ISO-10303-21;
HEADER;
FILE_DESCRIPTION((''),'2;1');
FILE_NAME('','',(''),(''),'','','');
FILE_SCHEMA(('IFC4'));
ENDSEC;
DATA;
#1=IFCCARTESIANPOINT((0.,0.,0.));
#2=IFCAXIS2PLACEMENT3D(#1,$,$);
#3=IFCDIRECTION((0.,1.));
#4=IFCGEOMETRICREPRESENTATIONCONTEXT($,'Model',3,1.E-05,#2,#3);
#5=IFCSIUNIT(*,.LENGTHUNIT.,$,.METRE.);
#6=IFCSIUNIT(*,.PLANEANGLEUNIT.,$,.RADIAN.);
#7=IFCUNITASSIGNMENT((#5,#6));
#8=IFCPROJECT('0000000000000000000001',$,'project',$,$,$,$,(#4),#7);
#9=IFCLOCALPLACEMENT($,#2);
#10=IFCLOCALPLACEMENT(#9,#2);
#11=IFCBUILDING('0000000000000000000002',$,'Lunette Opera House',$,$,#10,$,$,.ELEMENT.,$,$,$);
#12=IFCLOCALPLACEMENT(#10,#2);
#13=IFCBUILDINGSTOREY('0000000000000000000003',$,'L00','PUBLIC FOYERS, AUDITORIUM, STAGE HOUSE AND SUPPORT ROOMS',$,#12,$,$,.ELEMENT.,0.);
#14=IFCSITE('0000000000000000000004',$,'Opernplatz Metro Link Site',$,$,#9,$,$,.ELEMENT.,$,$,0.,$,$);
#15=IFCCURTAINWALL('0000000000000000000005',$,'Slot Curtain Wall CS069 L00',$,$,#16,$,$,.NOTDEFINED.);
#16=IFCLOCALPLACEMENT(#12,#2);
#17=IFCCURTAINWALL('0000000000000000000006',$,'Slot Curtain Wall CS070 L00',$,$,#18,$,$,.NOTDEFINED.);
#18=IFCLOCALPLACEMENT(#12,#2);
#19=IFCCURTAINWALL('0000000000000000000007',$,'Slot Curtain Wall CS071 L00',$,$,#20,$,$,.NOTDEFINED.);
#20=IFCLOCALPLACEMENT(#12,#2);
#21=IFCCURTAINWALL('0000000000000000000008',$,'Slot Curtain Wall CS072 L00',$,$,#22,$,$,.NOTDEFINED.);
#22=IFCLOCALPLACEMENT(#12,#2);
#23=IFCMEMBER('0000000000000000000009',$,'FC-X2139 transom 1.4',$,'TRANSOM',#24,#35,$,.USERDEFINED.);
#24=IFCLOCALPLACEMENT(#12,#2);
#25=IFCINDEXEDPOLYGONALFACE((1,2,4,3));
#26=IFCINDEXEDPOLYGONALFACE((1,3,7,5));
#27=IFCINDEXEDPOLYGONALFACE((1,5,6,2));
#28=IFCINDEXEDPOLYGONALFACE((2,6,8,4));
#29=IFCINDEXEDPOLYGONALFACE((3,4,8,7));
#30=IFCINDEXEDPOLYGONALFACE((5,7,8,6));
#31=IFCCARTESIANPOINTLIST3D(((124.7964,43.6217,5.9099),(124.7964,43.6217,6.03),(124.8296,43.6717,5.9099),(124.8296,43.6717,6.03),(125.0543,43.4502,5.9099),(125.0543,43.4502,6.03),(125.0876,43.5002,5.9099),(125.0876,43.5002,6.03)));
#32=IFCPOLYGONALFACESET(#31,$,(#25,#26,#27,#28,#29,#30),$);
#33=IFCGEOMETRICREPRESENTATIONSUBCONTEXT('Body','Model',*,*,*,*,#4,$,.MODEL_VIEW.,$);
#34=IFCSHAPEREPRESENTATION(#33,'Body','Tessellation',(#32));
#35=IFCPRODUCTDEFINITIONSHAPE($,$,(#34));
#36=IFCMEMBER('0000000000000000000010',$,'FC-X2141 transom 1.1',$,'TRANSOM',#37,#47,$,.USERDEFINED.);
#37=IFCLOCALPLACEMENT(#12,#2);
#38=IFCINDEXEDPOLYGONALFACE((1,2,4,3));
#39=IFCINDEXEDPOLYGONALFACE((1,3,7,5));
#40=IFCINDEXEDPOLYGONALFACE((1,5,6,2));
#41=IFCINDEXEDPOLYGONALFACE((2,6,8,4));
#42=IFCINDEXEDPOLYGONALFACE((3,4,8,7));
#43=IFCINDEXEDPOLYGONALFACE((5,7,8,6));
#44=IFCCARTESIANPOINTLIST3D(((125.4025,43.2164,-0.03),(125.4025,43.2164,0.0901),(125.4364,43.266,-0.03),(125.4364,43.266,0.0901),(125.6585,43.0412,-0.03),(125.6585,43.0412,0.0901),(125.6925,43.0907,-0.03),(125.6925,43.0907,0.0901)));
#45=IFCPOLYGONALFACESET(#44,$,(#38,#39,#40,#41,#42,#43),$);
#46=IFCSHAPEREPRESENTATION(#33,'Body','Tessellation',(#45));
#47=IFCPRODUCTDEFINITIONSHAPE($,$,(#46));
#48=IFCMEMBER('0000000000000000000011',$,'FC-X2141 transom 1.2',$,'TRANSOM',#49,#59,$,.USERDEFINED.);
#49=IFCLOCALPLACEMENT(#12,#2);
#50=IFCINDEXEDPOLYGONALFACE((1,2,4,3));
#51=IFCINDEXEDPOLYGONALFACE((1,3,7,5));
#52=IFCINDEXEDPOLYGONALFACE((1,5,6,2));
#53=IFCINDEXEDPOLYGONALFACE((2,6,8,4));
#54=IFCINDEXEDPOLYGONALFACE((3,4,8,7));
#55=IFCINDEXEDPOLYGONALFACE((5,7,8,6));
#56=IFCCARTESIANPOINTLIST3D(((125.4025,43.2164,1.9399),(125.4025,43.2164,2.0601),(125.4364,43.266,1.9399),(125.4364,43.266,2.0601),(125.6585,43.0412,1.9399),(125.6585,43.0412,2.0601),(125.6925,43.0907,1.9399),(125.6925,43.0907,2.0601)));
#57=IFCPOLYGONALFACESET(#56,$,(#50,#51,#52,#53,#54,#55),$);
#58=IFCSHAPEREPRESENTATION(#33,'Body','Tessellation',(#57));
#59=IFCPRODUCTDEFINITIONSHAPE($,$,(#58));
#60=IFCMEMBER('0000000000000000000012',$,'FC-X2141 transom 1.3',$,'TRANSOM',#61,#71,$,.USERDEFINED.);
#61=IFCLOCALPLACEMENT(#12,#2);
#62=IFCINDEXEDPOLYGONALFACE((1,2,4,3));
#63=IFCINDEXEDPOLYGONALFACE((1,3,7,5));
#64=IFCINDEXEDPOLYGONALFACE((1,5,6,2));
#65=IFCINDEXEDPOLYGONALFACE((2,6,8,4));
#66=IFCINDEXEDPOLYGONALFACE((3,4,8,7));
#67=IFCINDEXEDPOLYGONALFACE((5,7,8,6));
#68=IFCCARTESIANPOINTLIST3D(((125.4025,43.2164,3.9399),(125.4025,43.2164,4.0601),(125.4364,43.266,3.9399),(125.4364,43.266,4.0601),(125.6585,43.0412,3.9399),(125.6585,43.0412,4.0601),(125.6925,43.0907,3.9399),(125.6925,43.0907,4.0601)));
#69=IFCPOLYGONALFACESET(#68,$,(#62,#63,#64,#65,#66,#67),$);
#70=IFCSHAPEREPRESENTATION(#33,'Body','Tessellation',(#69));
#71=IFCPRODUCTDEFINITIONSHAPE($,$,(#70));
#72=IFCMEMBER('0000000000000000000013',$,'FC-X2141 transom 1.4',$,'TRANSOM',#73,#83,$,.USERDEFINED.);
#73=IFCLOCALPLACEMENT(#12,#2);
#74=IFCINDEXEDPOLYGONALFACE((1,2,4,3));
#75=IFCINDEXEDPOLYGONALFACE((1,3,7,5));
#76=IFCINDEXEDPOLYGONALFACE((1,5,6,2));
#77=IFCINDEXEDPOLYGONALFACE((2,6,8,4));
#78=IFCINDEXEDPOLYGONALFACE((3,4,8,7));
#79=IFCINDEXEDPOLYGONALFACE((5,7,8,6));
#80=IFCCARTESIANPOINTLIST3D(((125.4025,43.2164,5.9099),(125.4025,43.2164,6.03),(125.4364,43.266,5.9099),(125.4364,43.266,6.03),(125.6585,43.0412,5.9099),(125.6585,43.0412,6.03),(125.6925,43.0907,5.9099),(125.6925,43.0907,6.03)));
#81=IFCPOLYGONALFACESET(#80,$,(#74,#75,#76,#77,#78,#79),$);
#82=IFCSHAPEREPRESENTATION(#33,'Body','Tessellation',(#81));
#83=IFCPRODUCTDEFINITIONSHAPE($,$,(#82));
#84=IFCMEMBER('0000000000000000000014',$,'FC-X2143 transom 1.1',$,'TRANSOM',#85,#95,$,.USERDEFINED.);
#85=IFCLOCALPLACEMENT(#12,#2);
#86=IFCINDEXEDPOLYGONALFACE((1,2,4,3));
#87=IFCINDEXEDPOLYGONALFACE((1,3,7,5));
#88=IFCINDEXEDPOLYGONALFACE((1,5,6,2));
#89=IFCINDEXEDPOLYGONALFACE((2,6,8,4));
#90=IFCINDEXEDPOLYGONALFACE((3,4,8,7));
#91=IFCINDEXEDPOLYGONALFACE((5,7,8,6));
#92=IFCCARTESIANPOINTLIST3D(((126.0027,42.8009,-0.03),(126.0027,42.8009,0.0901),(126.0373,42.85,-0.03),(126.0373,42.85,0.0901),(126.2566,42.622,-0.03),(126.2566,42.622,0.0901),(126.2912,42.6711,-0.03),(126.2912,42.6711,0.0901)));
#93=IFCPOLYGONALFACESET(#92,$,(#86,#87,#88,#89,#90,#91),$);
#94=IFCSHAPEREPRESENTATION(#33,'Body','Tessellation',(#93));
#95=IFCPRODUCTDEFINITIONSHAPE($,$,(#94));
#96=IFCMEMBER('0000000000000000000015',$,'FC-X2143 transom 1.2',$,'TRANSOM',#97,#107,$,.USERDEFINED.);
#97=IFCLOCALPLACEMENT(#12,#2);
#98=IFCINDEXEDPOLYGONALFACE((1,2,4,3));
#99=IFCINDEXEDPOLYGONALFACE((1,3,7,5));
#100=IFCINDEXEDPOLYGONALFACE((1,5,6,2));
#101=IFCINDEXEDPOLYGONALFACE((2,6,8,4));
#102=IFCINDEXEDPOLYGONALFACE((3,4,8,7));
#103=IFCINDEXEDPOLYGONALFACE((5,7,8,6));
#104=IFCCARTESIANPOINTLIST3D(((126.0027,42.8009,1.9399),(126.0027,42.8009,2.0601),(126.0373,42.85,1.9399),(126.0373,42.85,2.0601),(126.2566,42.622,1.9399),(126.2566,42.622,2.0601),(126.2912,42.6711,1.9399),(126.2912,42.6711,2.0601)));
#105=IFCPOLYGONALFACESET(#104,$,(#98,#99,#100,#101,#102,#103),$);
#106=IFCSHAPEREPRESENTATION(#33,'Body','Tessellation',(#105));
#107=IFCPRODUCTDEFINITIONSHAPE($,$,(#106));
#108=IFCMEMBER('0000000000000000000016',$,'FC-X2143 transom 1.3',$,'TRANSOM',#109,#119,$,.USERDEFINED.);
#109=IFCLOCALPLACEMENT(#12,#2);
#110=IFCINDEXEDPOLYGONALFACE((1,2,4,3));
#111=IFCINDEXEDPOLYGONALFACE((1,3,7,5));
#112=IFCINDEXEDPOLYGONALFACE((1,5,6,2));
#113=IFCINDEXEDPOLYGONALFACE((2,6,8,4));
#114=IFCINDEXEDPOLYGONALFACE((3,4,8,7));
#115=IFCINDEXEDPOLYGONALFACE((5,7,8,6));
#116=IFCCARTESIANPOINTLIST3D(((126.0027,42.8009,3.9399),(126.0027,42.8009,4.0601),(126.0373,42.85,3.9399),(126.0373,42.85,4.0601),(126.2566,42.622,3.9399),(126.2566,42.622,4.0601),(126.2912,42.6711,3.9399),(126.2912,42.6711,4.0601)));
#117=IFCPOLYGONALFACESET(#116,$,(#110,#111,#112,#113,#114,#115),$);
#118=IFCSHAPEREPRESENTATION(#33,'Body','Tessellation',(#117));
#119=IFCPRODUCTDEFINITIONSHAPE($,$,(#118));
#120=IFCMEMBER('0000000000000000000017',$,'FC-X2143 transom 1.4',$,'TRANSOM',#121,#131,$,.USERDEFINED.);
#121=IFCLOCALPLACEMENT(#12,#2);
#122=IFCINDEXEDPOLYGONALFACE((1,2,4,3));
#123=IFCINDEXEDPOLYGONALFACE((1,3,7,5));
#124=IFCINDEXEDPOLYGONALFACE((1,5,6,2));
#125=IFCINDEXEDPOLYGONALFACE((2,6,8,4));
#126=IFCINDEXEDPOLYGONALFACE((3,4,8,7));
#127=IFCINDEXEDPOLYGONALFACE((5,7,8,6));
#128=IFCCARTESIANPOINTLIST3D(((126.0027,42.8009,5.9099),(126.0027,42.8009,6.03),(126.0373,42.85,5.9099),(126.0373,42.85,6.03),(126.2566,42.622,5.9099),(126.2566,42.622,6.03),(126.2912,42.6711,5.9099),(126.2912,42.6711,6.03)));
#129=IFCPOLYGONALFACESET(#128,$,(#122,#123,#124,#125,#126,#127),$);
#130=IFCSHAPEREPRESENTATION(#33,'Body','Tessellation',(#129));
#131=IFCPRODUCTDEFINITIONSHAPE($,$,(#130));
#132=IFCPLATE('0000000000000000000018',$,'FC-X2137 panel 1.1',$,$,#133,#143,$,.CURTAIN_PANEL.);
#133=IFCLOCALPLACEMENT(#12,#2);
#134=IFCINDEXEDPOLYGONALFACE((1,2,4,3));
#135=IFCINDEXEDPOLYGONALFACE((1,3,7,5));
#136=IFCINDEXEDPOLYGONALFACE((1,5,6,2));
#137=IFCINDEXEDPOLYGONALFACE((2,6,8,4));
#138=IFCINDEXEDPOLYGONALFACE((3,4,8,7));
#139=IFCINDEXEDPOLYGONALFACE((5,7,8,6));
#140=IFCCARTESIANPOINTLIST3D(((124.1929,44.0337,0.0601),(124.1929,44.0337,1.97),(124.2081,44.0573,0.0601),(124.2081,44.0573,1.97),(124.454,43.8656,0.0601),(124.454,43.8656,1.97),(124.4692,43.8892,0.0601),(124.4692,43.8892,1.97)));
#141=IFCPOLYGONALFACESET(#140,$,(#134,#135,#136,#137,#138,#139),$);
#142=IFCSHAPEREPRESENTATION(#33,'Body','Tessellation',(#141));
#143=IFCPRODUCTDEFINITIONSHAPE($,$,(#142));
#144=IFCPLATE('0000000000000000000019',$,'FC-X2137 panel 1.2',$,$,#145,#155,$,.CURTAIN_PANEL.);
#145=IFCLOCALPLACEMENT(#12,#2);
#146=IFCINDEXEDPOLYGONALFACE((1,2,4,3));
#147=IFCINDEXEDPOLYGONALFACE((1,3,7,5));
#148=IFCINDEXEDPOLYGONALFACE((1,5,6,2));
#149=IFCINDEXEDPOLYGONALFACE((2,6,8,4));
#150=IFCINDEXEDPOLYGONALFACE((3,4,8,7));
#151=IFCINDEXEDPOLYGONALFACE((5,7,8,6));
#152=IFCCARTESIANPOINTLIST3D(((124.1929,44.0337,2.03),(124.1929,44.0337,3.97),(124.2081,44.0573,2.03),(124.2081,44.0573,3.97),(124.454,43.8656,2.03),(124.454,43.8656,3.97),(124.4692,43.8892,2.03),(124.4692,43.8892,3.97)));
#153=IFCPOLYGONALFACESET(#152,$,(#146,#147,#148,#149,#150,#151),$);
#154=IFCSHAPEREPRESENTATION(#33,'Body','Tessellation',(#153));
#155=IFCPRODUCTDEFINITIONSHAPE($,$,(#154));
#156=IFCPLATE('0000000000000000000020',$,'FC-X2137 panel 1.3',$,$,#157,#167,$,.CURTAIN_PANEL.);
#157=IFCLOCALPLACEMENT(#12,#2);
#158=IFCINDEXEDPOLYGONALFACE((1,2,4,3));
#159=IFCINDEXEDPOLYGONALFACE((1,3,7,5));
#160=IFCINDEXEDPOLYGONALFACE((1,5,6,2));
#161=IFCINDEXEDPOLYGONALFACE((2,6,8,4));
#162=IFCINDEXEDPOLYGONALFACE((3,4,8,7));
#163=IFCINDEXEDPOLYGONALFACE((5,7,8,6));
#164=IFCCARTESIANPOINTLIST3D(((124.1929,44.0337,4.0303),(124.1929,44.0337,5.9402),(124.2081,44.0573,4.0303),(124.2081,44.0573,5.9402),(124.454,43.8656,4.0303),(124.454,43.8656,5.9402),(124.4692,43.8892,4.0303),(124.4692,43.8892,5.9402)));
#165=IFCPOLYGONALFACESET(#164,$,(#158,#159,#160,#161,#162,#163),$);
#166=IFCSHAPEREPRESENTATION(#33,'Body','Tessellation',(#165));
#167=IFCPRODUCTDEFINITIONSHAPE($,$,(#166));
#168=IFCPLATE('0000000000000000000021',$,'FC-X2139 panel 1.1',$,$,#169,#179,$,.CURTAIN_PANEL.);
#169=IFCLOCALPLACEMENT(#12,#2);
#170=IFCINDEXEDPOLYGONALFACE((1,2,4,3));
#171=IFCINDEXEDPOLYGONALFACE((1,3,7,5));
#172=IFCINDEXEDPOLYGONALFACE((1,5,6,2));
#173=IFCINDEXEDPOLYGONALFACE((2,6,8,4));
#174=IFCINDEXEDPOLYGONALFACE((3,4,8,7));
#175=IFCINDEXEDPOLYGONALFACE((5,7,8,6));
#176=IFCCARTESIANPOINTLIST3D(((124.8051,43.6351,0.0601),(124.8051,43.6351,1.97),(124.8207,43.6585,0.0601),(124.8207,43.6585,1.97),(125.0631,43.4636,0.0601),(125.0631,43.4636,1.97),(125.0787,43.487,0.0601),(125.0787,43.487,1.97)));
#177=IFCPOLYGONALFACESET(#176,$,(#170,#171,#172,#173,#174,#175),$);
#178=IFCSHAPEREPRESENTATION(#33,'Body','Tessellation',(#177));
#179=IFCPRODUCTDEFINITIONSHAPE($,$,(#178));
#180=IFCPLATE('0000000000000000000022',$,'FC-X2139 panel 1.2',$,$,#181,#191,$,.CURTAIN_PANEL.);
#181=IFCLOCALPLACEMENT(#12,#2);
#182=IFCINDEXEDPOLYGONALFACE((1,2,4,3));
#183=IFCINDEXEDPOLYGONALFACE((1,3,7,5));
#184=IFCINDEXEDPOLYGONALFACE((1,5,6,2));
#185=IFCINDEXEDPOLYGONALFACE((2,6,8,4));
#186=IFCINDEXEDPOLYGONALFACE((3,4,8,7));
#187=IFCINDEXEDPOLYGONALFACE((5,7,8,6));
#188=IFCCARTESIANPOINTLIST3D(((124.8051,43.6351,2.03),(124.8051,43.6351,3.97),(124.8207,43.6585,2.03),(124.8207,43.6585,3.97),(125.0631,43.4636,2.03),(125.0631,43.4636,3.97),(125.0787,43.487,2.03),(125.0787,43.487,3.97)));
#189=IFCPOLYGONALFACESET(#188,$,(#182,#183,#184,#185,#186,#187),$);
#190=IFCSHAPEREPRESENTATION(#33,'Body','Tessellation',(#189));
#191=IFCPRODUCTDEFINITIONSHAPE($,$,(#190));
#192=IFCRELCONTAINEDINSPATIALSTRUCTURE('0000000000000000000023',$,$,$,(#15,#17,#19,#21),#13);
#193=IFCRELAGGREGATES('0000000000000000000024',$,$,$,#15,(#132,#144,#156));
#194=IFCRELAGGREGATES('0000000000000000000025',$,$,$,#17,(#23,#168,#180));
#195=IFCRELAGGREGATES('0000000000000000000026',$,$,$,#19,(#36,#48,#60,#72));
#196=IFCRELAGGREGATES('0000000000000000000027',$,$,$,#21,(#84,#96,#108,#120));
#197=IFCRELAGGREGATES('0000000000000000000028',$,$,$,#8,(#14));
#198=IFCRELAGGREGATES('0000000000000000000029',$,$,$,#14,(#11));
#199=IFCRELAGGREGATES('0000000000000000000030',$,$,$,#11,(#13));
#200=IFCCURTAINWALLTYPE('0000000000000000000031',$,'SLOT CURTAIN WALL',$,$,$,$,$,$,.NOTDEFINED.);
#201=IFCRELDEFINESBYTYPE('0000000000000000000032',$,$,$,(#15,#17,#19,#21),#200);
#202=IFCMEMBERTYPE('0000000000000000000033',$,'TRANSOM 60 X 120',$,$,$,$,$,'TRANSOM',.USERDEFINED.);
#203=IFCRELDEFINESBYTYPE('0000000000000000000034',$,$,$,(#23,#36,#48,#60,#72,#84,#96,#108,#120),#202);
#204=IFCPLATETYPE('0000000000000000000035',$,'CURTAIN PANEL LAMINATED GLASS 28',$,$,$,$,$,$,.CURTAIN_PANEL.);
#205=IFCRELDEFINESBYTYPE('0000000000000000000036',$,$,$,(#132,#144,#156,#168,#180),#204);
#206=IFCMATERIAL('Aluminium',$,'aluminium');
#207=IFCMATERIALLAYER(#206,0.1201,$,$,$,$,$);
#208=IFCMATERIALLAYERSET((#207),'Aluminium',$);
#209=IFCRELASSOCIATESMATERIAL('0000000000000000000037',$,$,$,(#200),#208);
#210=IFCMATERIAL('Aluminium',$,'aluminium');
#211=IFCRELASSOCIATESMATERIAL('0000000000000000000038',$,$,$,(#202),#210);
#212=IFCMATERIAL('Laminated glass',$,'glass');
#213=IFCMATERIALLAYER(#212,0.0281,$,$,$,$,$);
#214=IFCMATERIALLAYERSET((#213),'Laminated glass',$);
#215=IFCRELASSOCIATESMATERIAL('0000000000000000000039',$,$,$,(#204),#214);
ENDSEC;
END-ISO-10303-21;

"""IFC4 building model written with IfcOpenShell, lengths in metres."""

from ifc_helpers import new_model, si_unit, direction, frame, origin, origin_2d, place, context, subcontext, project, spatial, rectangle, extrude, material, layer, layer_set, material_profile, profile_set, type_object, element, aggregate, save


model = new_model("IFC4")

# Units and contexts
model_context = context("Model", 3, precision=1e-05, world=origin(), true_north=direction((0.0, 1.0)))
body_context = subcontext(model_context, "Body", "Model", "MODEL_VIEW")
ifc_project = project(units=[si_unit("LENGTHUNIT", "METRE"), si_unit("PLANEANGLEUNIT", "RADIAN")], contexts=[model_context])

# Site, building, storey
site_placement = place(None, origin())
site = spatial("IfcSite", under=ifc_project, at=site_placement, Name="Opernplatz Metro Link Site", CompositionType="ELEMENT", RefElevation=0.0)
building_placement = place(site_placement, origin())
building = spatial("IfcBuilding", under=site, at=building_placement, Name="Lunette Opera House", CompositionType="ELEMENT")
storey_placement = place(building_placement, origin())
storey = spatial("IfcBuildingStorey", under=building, at=storey_placement, Name="L00", Description="PUBLIC FOYERS, AUDITORIUM, STAGE HOUSE AND SUPPORT ROOMS", CompositionType="ELEMENT", Elevation=0.0)

# Curtain wall
ifc_material_1 = material(Name="Aluminium", Category="aluminium")
ifc_layer_1 = layer(ifc_material_1, 0.1201)
ifc_layer_set_1 = layer_set([ifc_layer_1], Name="Aluminium")
curtain_wall_type = type_object("IfcCurtainWallType", Name="SLOT CURTAIN WALL", PredefinedType="NOTDEFINED", material=ifc_layer_set_1)
curtain_wall_1_placement = place(storey_placement, origin())
curtain_wall_1 = element("IfcCurtainWall", 1, at=curtain_wall_1_placement, inside=storey, type_object=curtain_wall_type, Name="Slot Curtain Wall CS069 L00", PredefinedType="NOTDEFINED")

# Curtain walls
curtain_wall_2_placement = place(storey_placement, origin())
curtain_wall_2 = element("IfcCurtainWall", 2, at=curtain_wall_2_placement, inside=storey, type_object=curtain_wall_type, Name="Slot Curtain Wall CS070 L00", PredefinedType="NOTDEFINED")
curtain_wall_3_placement = place(storey_placement, origin())
curtain_wall_3 = element("IfcCurtainWall", 3, at=curtain_wall_3_placement, inside=storey, type_object=curtain_wall_type, Name="Slot Curtain Wall CS071 L00", PredefinedType="NOTDEFINED")

# Curtain wall
curtain_wall_4_placement = place(storey_placement, origin())
curtain_wall_4 = element("IfcCurtainWall", 4, at=curtain_wall_4_placement, inside=storey, type_object=curtain_wall_type, Name="Slot Curtain Wall CS072 L00", PredefinedType="NOTDEFINED")

# Members
ifc_material_2 = material(Name="Aluminium", Category="aluminium")
ifc_material_profile_1 = material_profile(ifc_material_2, rectangle(XDim=0.0601, YDim=0.1201, at=origin_2d()), Name="TRANSOM 60 X 120")
ifc_profile_set_1 = profile_set([ifc_material_profile_1], Name="Aluminium")
member_type_1 = type_object("IfcMemberType", Name="TRANSOM 60 X 120", ElementType="TRANSOM", PredefinedType="USERDEFINED", material=ifc_profile_set_1)
member_1_placement = place(storey_placement, frame((124.813, 43.6467, 5.97), z_axis=(0.832656, -0.553791, 0.0), x_axis=(0.553791, 0.832656, 0.0)))
member_1 = element("IfcMember", 5, at=member_1_placement, type_object=member_type_1, Name="FC-X2139 transom 1.4", ObjectType="TRANSOM", PredefinedType="USERDEFINED", context=body_context, shape_type="SweptSolid", body=[
    extrude(rectangle(XDim=0.0601, YDim=0.1201, at=origin_2d()), origin(), (0.0, 0.0, 1.0), 0.3098),
])
member_2_placement = place(storey_placement, frame((125.4194, 43.2412, 0.03), z_axis=(0.825211, -0.564825, 0.0), x_axis=(0.564825, 0.825211, 0.0)))
member_2 = element("IfcMember", 6, at=member_2_placement, type_object=member_type_1, Name="FC-X2141 transom 1.1", ObjectType="TRANSOM", PredefinedType="USERDEFINED", context=body_context, shape_type="SweptSolid", body=[
    extrude(rectangle(XDim=0.0601, YDim=0.1201, at=origin_2d()), origin(), (0.0, 0.0, 1.0), 0.3103),
])
member_3_placement = place(storey_placement, frame((125.4194, 43.2412, 2.0), z_axis=(0.825211, -0.564825, 0.0), x_axis=(0.564825, 0.825211, 0.0)))
member_3 = element("IfcMember", 7, at=member_3_placement, type_object=member_type_1, Name="FC-X2141 transom 1.2", ObjectType="TRANSOM", PredefinedType="USERDEFINED", context=body_context, shape_type="SweptSolid", body=[
    extrude(rectangle(XDim=0.0601, YDim=0.1201, at=origin_2d()), origin(), (0.0, 0.0, 1.0), 0.3103),
])
member_4_placement = place(storey_placement, frame((125.4194, 43.2412, 4.0), z_axis=(0.825211, -0.564825, 0.0), x_axis=(0.564825, 0.825211, 0.0)))
member_4 = element("IfcMember", 8, at=member_4_placement, type_object=member_type_1, Name="FC-X2141 transom 1.3", ObjectType="TRANSOM", PredefinedType="USERDEFINED", context=body_context, shape_type="SweptSolid", body=[
    extrude(rectangle(XDim=0.0601, YDim=0.1201, at=origin_2d()), origin(), (0.0, 0.0, 1.0), 0.3103),
])
member_5_placement = place(storey_placement, frame((125.4194, 43.2412, 5.97), z_axis=(0.825211, -0.564825, 0.0), x_axis=(0.564825, 0.825211, 0.0)))
member_5 = element("IfcMember", 9, at=member_5_placement, type_object=member_type_1, Name="FC-X2141 transom 1.4", ObjectType="TRANSOM", PredefinedType="USERDEFINED", context=body_context, shape_type="SweptSolid", body=[
    extrude(rectangle(XDim=0.0601, YDim=0.1201, at=origin_2d()), origin(), (0.0, 0.0, 1.0), 0.3103),
])
member_6_placement = place(storey_placement, frame((126.02, 42.8254, 0.03), z_axis=(0.817381, -0.576097, 0.0), x_axis=(0.576097, 0.817381, 0.0)))
member_6 = element("IfcMember", 10, at=member_6_placement, type_object=member_type_1, Name="FC-X2143 transom 1.1", ObjectType="TRANSOM", PredefinedType="USERDEFINED", context=body_context, shape_type="SweptSolid", body=[
    extrude(rectangle(XDim=0.0601, YDim=0.1201, at=origin_2d()), origin(), (0.0, 0.0, 1.0), 0.3105),
])
member_7_placement = place(storey_placement, frame((126.02, 42.8254, 2.0), z_axis=(0.817381, -0.576097, 0.0), x_axis=(0.576097, 0.817381, 0.0)))
member_7 = element("IfcMember", 11, at=member_7_placement, type_object=member_type_1, Name="FC-X2143 transom 1.2", ObjectType="TRANSOM", PredefinedType="USERDEFINED", context=body_context, shape_type="SweptSolid", body=[
    extrude(rectangle(XDim=0.0601, YDim=0.1201, at=origin_2d()), origin(), (0.0, 0.0, 1.0), 0.3105),
])
member_8_placement = place(storey_placement, frame((126.02, 42.8254, 4.0), z_axis=(0.817381, -0.576097, 0.0), x_axis=(0.576097, 0.817381, 0.0)))
member_8 = element("IfcMember", 12, at=member_8_placement, type_object=member_type_1, Name="FC-X2143 transom 1.3", ObjectType="TRANSOM", PredefinedType="USERDEFINED", context=body_context, shape_type="SweptSolid", body=[
    extrude(rectangle(XDim=0.0601, YDim=0.1201, at=origin_2d()), origin(), (0.0, 0.0, 1.0), 0.3105),
])
member_9_placement = place(storey_placement, frame((126.02, 42.8254, 5.97), z_axis=(0.817381, -0.576097, 0.0), x_axis=(0.576097, 0.817381, 0.0)))
member_9 = element("IfcMember", 13, at=member_9_placement, type_object=member_type_1, Name="FC-X2143 transom 1.4", ObjectType="TRANSOM", PredefinedType="USERDEFINED", context=body_context, shape_type="SweptSolid", body=[
    extrude(rectangle(XDim=0.0601, YDim=0.1201, at=origin_2d()), origin(), (0.0, 0.0, 1.0), 0.3105),
])

# Plates
ifc_material_3 = material(Name="Laminated glass", Category="glass")
ifc_layer_2 = layer(ifc_material_3, 0.0281)
ifc_layer_set_2 = layer_set([ifc_layer_2], Name="Laminated glass")
plate_type = type_object("IfcPlateType", Name="CURTAIN PANEL LAMINATED GLASS 28", PredefinedType="CURTAIN_PANEL", material=ifc_layer_set_2)
plate_1_placement = place(storey_placement, frame((124.3311, 43.9614, 0.0601), z_axis=(0.0, 0.0, 1.0), x_axis=(0.840876, -0.541227, 0.0)))
plate_1 = element("IfcPlate", 14, at=plate_1_placement, type_object=plate_type, Name="FC-X2137 panel 1.1", PredefinedType="CURTAIN_PANEL", context=body_context, shape_type="SweptSolid", body=[
    extrude(rectangle(XDim=0.3105, YDim=0.0281, at=origin_2d()), origin(), (0.0, 0.0, 1.0), 1.9099),
])
plate_2_placement = place(storey_placement, frame((124.3311, 43.9614, 2.03), z_axis=(0.0, 0.0, 1.0), x_axis=(0.840876, -0.541227, 0.0)))
plate_2 = element("IfcPlate", 15, at=plate_2_placement, type_object=plate_type, Name="FC-X2137 panel 1.2", PredefinedType="CURTAIN_PANEL", context=body_context, shape_type="SweptSolid", body=[
    extrude(rectangle(XDim=0.3105, YDim=0.0281, at=origin_2d()), origin(), (0.0, 0.0, 1.0), 1.9399),
])
plate_3_placement = place(storey_placement, frame((124.3311, 43.9614, 4.0303), z_axis=(0.0, 0.0, 1.0), x_axis=(0.840876, -0.541227, 0.0)))
plate_3 = element("IfcPlate", 16, at=plate_3_placement, type_object=plate_type, Name="FC-X2137 panel 1.3", PredefinedType="CURTAIN_PANEL", context=body_context, shape_type="SweptSolid", body=[
    extrude(rectangle(XDim=0.3105, YDim=0.0281, at=origin_2d()), origin(), (0.0, 0.0, 1.0), 1.9099),
])
aggregate(curtain_wall_1, [plate_1, plate_2, plate_3])
plate_4_placement = place(storey_placement, frame((124.9419, 43.561, 0.0601), z_axis=(0.0, 0.0, 1.0), x_axis=(0.832765, -0.553626, 0.0)))
plate_4 = element("IfcPlate", 17, at=plate_4_placement, type_object=plate_type, Name="FC-X2139 panel 1.1", PredefinedType="CURTAIN_PANEL", context=body_context, shape_type="SweptSolid", body=[
    extrude(rectangle(XDim=0.3098, YDim=0.0281, at=origin_2d()), origin(), (0.0, 0.0, 1.0), 1.9099),
])
plate_5_placement = place(storey_placement, frame((124.9419, 43.561, 2.03), z_axis=(0.0, 0.0, 1.0), x_axis=(0.832765, -0.553626, 0.0)))
plate_5 = element("IfcPlate", 18, at=plate_5_placement, type_object=plate_type, Name="FC-X2139 panel 1.2", PredefinedType="CURTAIN_PANEL", context=body_context, shape_type="SweptSolid", body=[
    extrude(rectangle(XDim=0.3098, YDim=0.0281, at=origin_2d()), origin(), (0.0, 0.0, 1.0), 1.9399),
])
aggregate(curtain_wall_2, [member_1, plate_4, plate_5])
aggregate(curtain_wall_3, [member_2, member_3, member_4, member_5])
aggregate(curtain_wall_4, [member_6, member_7, member_8, member_9])

save(model, "model.ifc")
